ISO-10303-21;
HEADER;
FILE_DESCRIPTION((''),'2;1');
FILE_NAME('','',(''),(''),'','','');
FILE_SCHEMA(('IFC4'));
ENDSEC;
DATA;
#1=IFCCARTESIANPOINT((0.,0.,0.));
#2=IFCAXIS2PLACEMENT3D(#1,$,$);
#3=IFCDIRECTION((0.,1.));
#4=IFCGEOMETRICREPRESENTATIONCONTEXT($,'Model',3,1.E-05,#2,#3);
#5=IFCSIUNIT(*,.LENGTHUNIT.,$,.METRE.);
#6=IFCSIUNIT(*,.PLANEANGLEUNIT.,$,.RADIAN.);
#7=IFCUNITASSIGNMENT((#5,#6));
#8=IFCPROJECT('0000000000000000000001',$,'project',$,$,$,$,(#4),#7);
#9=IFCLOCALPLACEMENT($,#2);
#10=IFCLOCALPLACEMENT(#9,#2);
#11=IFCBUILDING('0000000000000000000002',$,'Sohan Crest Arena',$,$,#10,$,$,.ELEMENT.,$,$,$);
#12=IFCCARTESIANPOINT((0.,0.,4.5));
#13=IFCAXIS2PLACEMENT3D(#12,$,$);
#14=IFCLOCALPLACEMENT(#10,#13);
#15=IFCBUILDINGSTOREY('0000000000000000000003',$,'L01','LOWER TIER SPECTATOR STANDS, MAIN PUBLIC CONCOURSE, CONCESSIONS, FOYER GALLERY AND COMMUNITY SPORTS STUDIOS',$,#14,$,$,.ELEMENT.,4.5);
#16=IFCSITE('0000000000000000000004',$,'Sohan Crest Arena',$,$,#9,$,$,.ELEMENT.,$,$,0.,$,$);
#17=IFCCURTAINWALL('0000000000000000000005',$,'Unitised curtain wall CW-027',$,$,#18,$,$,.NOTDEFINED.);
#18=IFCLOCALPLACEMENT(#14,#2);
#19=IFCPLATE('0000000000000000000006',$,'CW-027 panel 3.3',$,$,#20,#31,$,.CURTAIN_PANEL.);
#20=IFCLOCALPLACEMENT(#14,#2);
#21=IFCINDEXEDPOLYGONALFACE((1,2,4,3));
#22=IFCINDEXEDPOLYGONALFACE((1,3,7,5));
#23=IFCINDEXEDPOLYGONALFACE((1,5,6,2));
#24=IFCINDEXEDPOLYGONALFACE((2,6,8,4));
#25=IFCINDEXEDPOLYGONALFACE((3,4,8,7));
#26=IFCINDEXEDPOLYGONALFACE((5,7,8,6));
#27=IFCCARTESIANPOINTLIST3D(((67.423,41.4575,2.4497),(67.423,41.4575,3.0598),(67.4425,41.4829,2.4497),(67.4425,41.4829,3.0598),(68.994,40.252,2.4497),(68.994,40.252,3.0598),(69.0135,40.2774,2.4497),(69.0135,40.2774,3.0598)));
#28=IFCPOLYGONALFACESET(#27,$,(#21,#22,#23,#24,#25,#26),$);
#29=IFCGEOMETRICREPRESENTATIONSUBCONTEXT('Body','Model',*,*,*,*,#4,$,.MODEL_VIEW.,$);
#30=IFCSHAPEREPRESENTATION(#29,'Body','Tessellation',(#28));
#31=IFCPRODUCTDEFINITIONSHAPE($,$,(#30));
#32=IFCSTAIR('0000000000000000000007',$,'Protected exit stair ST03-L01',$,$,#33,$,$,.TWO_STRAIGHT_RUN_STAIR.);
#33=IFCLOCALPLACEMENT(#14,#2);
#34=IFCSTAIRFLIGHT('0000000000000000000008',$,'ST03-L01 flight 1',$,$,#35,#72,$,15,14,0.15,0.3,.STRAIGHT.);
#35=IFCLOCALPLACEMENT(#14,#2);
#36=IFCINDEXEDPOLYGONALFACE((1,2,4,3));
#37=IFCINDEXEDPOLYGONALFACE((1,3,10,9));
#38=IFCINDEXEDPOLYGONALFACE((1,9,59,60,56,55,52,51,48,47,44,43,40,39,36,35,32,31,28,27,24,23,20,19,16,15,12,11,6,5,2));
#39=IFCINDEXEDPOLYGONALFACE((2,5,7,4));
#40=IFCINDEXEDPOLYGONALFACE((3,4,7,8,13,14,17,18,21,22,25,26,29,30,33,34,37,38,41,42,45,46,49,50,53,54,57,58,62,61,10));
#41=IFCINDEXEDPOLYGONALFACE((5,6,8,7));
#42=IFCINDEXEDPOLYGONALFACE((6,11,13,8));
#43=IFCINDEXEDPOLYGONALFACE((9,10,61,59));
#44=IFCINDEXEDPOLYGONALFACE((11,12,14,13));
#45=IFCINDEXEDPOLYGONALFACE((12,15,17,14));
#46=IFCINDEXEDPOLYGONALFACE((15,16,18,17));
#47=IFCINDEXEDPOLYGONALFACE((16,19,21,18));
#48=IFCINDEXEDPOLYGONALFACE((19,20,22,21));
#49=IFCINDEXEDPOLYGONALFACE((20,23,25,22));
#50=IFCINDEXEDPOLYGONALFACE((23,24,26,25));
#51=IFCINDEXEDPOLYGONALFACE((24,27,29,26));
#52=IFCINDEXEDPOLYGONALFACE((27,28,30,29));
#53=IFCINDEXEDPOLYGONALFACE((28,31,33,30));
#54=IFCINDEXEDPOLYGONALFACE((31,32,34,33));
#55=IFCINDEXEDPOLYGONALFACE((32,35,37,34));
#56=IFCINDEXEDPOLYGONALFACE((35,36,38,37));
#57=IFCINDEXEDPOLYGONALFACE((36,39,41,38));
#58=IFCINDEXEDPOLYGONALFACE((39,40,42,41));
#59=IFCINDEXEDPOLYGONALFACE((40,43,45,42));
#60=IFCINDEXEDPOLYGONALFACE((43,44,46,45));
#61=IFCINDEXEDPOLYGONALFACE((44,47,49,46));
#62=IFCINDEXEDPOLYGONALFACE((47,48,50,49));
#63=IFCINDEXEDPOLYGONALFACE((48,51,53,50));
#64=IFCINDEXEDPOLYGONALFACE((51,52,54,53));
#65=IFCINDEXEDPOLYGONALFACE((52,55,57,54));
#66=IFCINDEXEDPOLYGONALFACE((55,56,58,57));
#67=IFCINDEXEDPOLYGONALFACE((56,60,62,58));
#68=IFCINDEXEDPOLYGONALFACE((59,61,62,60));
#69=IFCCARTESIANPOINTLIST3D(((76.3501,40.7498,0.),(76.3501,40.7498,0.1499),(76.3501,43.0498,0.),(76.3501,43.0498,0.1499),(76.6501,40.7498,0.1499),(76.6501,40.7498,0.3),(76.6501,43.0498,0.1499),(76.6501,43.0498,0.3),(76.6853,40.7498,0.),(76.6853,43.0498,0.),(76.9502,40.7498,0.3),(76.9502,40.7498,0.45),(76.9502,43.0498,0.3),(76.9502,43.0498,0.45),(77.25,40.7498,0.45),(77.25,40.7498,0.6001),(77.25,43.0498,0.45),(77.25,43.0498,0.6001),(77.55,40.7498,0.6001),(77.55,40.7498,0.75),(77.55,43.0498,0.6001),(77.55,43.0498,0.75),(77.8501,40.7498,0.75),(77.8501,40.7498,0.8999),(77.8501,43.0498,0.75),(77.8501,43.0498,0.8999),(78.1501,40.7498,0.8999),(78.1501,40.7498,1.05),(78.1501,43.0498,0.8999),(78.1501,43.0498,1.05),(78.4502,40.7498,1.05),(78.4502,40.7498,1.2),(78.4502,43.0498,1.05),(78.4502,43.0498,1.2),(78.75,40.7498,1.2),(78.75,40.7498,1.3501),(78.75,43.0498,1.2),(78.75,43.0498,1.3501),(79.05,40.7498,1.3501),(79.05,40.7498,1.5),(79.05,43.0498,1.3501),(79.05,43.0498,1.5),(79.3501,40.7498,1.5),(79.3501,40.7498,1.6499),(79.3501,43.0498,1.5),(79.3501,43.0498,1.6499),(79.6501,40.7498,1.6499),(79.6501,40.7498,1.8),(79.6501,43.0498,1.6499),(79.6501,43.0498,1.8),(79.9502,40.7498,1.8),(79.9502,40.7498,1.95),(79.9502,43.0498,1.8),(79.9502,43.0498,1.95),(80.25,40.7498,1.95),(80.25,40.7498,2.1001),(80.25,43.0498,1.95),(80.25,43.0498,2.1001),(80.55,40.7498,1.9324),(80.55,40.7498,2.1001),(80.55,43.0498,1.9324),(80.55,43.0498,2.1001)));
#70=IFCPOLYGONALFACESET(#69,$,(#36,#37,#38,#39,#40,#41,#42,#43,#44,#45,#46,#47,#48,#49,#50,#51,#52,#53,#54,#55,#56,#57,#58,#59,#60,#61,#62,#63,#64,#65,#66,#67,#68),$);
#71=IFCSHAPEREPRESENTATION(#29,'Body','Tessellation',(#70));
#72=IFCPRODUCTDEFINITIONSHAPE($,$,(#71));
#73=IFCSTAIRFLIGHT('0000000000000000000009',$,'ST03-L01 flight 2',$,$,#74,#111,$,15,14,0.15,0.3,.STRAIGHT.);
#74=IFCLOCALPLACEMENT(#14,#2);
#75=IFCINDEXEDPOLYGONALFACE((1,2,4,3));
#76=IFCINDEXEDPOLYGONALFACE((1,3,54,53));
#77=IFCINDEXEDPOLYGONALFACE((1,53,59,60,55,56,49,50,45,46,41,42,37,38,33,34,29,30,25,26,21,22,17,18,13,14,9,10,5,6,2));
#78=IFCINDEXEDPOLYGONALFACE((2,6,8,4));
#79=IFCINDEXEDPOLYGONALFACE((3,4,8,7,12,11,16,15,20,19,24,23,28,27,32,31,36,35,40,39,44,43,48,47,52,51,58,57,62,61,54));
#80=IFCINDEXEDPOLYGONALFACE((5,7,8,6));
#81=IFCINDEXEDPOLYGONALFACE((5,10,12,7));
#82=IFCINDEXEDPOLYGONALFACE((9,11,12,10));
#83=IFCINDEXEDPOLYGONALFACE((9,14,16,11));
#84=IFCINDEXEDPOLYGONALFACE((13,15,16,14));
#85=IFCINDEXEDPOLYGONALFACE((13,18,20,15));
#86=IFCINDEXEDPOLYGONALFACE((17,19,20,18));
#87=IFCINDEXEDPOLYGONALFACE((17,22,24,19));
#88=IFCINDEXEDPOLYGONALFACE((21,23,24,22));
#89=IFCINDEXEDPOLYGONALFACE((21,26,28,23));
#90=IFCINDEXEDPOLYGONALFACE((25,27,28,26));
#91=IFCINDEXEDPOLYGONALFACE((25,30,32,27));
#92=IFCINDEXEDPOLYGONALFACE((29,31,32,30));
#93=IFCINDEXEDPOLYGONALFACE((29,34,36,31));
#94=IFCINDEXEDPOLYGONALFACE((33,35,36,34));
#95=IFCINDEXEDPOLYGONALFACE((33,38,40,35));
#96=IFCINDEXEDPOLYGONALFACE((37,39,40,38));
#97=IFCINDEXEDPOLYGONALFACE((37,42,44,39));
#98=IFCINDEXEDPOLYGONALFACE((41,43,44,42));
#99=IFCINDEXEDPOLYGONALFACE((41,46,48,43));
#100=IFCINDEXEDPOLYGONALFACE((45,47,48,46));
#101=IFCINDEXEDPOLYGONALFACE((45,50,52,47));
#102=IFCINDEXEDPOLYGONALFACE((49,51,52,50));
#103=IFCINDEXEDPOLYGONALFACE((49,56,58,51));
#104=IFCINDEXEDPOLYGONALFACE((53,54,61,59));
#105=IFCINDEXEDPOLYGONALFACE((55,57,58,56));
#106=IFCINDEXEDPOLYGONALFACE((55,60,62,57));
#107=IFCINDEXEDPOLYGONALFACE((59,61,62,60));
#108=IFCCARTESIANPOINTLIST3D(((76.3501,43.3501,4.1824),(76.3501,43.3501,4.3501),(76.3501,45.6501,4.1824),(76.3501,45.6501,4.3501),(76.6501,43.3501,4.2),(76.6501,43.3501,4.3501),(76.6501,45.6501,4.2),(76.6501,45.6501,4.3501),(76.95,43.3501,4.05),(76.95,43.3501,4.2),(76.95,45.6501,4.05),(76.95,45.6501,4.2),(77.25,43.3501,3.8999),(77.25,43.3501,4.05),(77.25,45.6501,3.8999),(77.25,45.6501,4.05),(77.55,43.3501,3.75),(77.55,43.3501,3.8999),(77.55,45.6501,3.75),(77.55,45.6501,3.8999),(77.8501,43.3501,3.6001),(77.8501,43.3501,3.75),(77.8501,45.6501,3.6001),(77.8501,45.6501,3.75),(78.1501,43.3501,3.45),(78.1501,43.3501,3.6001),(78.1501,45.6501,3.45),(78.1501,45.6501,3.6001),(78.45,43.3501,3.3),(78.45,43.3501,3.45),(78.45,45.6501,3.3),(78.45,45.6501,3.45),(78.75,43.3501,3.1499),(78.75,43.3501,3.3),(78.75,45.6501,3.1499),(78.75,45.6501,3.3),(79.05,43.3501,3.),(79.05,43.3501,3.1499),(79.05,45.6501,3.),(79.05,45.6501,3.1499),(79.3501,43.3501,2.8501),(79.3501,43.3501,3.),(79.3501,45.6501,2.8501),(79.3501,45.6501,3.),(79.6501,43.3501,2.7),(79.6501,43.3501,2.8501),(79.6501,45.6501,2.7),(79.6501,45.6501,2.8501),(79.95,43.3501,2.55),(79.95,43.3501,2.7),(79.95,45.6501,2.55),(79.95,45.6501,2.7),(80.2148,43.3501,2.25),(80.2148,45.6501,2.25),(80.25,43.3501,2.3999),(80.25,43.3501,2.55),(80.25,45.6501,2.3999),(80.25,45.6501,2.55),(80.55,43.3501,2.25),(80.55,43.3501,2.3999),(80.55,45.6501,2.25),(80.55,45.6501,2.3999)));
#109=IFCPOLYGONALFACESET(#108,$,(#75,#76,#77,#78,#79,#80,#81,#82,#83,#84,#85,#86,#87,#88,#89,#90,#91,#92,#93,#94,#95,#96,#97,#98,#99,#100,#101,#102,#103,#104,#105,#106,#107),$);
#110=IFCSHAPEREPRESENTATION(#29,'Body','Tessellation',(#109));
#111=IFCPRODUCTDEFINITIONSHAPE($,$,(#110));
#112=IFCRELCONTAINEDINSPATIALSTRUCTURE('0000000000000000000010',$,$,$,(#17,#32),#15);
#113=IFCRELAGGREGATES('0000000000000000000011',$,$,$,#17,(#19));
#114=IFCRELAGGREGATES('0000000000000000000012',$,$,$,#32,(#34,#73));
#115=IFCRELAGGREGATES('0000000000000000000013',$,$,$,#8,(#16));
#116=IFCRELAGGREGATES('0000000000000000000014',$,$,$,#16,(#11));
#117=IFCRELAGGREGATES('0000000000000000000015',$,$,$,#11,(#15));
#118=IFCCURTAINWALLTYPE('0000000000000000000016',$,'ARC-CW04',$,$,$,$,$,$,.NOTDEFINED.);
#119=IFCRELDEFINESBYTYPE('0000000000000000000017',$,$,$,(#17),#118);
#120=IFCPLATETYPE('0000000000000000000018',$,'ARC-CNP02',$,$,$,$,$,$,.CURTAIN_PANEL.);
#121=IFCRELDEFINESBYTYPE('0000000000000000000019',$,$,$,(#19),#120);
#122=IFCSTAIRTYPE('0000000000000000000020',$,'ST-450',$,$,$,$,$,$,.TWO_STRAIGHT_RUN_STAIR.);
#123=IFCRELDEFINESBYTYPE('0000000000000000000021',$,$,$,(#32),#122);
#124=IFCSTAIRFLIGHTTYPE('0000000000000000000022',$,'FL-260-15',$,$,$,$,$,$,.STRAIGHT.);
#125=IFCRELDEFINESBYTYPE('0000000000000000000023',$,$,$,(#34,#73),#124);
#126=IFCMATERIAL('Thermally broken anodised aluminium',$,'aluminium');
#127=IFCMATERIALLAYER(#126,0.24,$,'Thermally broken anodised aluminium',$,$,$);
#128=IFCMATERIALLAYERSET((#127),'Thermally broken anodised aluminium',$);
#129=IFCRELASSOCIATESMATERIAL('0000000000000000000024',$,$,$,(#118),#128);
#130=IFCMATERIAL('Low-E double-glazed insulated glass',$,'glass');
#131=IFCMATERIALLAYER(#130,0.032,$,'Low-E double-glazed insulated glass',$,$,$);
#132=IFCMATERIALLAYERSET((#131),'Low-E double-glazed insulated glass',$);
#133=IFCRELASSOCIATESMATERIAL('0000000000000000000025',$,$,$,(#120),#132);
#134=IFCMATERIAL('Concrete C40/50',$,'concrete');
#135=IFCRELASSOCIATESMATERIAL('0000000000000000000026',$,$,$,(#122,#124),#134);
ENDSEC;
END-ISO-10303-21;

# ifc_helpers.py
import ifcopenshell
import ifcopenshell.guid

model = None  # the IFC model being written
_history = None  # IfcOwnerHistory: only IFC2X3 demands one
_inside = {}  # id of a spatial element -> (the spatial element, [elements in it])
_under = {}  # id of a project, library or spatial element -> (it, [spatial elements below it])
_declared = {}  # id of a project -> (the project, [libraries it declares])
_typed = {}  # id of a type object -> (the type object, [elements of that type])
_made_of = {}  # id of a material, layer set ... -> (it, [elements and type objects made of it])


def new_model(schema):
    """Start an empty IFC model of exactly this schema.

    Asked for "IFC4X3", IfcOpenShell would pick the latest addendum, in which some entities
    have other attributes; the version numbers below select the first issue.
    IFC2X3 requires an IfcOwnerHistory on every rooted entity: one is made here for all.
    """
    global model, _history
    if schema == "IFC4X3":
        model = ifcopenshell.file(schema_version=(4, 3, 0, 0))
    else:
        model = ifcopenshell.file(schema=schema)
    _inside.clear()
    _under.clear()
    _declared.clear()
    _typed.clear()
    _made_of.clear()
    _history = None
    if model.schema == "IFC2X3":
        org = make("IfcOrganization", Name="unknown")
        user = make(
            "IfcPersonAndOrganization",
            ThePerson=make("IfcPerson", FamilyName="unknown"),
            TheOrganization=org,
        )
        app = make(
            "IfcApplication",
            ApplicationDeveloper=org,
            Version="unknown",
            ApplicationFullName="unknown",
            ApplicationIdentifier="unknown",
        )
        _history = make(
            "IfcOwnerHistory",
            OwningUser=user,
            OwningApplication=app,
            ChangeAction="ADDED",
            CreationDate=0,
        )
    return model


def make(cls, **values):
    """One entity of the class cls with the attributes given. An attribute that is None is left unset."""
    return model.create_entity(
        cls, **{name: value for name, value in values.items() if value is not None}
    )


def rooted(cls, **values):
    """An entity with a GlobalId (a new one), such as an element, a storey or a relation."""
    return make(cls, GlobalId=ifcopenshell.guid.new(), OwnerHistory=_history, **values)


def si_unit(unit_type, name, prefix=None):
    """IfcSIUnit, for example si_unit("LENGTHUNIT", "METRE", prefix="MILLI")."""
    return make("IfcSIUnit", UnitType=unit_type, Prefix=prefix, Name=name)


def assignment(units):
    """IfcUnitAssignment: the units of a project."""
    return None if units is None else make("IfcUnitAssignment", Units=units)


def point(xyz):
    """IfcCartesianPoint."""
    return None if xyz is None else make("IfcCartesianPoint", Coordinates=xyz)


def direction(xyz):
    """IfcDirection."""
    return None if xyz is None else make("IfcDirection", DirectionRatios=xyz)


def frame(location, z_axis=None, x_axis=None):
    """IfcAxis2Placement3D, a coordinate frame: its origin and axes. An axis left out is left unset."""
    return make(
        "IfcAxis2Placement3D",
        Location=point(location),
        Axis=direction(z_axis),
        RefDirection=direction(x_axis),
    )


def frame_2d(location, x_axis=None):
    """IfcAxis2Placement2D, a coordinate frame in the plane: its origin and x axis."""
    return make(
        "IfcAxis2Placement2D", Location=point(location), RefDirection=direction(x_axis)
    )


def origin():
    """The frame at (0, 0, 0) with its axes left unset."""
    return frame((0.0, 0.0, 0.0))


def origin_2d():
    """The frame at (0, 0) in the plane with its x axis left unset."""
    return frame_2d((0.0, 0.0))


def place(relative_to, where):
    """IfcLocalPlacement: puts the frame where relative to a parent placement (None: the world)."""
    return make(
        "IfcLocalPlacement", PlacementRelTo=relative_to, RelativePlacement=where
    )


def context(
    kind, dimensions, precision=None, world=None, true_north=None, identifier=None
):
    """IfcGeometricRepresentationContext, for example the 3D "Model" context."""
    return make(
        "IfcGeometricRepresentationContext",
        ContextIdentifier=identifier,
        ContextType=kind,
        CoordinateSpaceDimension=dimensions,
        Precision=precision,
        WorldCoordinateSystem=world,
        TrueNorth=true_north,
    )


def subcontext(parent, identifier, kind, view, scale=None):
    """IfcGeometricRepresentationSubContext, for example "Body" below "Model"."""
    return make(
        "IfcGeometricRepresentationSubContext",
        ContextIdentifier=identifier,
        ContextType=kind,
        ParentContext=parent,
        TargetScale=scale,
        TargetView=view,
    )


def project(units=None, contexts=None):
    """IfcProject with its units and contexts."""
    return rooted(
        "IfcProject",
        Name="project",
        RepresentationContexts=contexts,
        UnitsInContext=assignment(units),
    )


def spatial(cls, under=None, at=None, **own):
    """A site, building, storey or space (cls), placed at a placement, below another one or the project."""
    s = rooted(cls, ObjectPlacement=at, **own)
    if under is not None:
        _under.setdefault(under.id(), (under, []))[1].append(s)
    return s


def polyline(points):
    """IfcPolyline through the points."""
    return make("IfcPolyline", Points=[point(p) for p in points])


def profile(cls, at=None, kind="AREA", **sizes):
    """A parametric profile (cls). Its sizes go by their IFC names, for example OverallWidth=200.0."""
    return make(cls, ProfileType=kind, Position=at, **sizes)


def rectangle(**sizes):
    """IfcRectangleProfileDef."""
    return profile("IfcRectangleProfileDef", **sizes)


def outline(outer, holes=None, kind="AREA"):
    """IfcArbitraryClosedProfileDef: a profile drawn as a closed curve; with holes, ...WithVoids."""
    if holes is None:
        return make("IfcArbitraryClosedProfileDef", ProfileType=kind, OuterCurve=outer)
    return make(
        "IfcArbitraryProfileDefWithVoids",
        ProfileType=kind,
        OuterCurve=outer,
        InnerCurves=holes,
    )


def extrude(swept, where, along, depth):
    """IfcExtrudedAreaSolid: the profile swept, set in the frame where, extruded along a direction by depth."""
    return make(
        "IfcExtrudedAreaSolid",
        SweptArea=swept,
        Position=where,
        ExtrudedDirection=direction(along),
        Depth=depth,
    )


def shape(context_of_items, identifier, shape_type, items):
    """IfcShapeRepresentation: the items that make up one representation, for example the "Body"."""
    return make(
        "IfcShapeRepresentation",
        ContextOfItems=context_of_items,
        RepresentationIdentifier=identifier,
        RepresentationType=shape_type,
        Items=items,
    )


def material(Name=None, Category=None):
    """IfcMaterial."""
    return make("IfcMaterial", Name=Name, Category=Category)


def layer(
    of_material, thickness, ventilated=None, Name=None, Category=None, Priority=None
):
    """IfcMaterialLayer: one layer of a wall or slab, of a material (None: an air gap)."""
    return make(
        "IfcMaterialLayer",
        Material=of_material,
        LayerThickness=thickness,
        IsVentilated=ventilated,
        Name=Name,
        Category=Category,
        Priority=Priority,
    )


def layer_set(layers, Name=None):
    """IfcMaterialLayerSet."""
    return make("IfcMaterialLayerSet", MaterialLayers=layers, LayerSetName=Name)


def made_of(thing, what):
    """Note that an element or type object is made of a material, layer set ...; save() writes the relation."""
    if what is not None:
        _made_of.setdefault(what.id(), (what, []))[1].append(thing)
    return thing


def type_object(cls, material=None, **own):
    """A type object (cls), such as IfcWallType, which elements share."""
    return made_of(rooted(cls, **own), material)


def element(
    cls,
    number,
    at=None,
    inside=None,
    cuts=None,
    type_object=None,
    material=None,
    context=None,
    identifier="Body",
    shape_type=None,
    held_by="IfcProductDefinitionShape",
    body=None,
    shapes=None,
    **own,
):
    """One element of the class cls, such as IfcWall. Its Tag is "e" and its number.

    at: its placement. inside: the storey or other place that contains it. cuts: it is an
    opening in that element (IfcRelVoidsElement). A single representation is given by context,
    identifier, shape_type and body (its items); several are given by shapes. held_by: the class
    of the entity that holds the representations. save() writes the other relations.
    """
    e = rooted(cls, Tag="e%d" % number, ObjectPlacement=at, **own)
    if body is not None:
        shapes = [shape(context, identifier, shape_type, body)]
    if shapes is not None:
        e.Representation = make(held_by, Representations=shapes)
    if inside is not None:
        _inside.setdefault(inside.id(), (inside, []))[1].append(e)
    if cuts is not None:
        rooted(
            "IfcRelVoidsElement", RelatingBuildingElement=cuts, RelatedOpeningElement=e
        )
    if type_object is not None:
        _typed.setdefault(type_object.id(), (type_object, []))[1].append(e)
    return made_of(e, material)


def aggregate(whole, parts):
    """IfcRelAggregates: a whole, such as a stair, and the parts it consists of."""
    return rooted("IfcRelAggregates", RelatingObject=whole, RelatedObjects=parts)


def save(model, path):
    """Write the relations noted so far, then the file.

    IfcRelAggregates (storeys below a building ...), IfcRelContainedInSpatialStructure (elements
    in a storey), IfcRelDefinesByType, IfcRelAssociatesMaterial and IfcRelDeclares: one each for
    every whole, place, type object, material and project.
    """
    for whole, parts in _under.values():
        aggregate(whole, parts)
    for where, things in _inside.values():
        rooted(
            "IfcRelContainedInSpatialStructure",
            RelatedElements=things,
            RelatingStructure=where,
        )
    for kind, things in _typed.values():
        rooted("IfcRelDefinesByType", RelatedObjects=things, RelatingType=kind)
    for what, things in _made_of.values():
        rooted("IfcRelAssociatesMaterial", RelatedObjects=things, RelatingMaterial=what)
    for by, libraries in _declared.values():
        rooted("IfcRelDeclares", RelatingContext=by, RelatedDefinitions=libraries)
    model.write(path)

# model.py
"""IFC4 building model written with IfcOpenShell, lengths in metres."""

from ifc_helpers import new_model, si_unit, direction, frame, origin, origin_2d, place, context, subcontext, project, spatial, polyline, rectangle, outline, extrude, material, layer, layer_set, type_object, element, aggregate, save


model = new_model("IFC4")

# Units and contexts
model_context = context("Model", 3, precision=1e-05, world=origin(), true_north=direction((0.0, 1.0)))
body_context = subcontext(model_context, "Body", "Model", "MODEL_VIEW")
ifc_project = project(units=[si_unit("LENGTHUNIT", "METRE"), si_unit("PLANEANGLEUNIT", "RADIAN")], contexts=[model_context])

# Site, building, storey
site_placement = place(None, origin())
site = spatial("IfcSite", under=ifc_project, at=site_placement, Name="Sohan Crest Arena", CompositionType="ELEMENT", RefElevation=0.0)
building_placement = place(site_placement, origin())
building = spatial("IfcBuilding", under=site, at=building_placement, Name="Sohan Crest Arena", CompositionType="ELEMENT")
storey_placement = place(building_placement, frame((0.0, 0.0, 4.5)))
storey = spatial("IfcBuildingStorey", under=building, at=storey_placement, Name="L01", Description="LOWER TIER SPECTATOR STANDS, MAIN PUBLIC CONCOURSE, CONCESSIONS, FOYER GALLERY AND COMMUNITY SPORTS STUDIOS", CompositionType="ELEMENT", Elevation=4.5)

# Shared definitions
ifc_material_1 = material(Name="Thermally broken anodised aluminium", Category="aluminium")

# Curtain wall
ifc_layer_1 = layer(ifc_material_1, 0.24, Name="Thermally broken anodised aluminium")
ifc_layer_set_1 = layer_set([ifc_layer_1], Name="Thermally broken anodised aluminium")
curtain_wall_type_1 = type_object("IfcCurtainWallType", Name="ARC-CW04", PredefinedType="NOTDEFINED", material=ifc_layer_set_1)
curtain_wall_1_placement = place(storey_placement, origin())
curtain_wall_1 = element("IfcCurtainWall", 1, at=curtain_wall_1_placement, inside=storey, type_object=curtain_wall_type_1, Name="Unitised curtain wall CW-027", PredefinedType="NOTDEFINED")

# Plate
ifc_material_2 = material(Name="Low-E double-glazed insulated glass", Category="glass")
ifc_layer_2 = layer(ifc_material_2, 0.032, Name="Low-E double-glazed insulated glass")
ifc_layer_set_2 = layer_set([ifc_layer_2], Name="Low-E double-glazed insulated glass")
plate_type_1 = type_object("IfcPlateType", Name="ARC-CNP02", PredefinedType="CURTAIN_PANEL", material=ifc_layer_set_2)
plate_1_placement = place(storey_placement, frame((68.2183, 40.8674, 2.4497), z_axis=(0.0, 0.0, 1.0), x_axis=(0.793351, -0.608765, 0.0)))
plate_1 = element("IfcPlate", 2, at=plate_1_placement, type_object=plate_type_1, Name="CW-027 panel 3.3", PredefinedType="CURTAIN_PANEL", context=body_context, shape_type="SweptSolid", body=[
    extrude(rectangle(XDim=1.9802, YDim=0.032, at=origin_2d()), origin(), (0.0, 0.0, 1.0), 0.6101),
])
aggregate(curtain_wall_1, [plate_1])

# Stair, stair flights
ifc_material_3 = material(Name="Concrete C40/50", Category="concrete")
stair_type = type_object("IfcStairType", Name="ST-450", PredefinedType="TWO_STRAIGHT_RUN_STAIR", material=ifc_material_3)
stair_placement = place(storey_placement, origin())
stair = element("IfcStair", 3, at=stair_placement, inside=storey, type_object=stair_type, Name="Protected exit stair ST03-L01", PredefinedType="TWO_STRAIGHT_RUN_STAIR")
stair_flight_type = type_object("IfcStairFlightType", Name="FL-260-15", PredefinedType="STRAIGHT", material=ifc_material_3)
stair_flight_1_placement = place(storey_placement, frame((76.3501, 41.8999, 0.0), z_axis=(0.0, 0.0, 1.0), x_axis=(1.0, 0.0, 0.0)))
stair_flight_1 = element("IfcStairFlight", 4, at=stair_flight_1_placement, type_object=stair_flight_type, Name="ST03-L01 flight 1", NumberOfRisers=15, NumberOfTreads=14, PredefinedType="STRAIGHT", RiserHeight=0.15, TreadLength=0.3, context=body_context, shape_type="SweptSolid", body=[
    extrude(outline(polyline([(0.0, 0.0), (0.0, 0.1499), (0.3, 0.1499), (0.3, 0.3), (0.6001, 0.3), (0.6001, 0.45), (0.8999, 0.45), (0.8999, 0.6001), (1.2, 0.6001), (1.2, 0.75), (1.5, 0.75), (1.5, 0.8999), (1.8, 0.8999), (1.8, 1.05), (2.1001, 1.05), (2.1001, 1.2), (2.3999, 1.2), (2.3999, 1.3501), (2.7, 1.3501), (2.7, 1.5), (3.0, 1.5), (3.0, 1.6499), (3.3, 1.6499), (3.3, 1.8), (3.6001, 1.8), (3.6001, 1.95), (3.8999, 1.95), (3.8999, 2.1001), (4.2, 2.1001), (4.2, 2.25), (4.2, 1.9324), (0.3352, 0.0), (0.0, 0.0)])), frame((0.0, 1.1499, 0.0), z_axis=(0.0, -1.0, 0.0), x_axis=(1.0, 0.0, 0.0)), (0.0, 0.0, 1.0), 2.3),
])
stair_flight_2_placement = place(storey_placement, frame((80.55, 44.5, 2.25), z_axis=(0.0, 0.0, 1.0), x_axis=(-1.0, 0.0, 0.0)))
stair_flight_2 = element("IfcStairFlight", 5, at=stair_flight_2_placement, type_object=stair_flight_type, Name="ST03-L01 flight 2", NumberOfRisers=15, NumberOfTreads=14, PredefinedType="STRAIGHT", RiserHeight=0.15, TreadLength=0.3, context=body_context, shape_type="SweptSolid", body=[
    extrude(outline(polyline([(0.0, 0.0), (0.0, 0.1499), (0.3, 0.1499), (0.3, 0.3), (0.6001, 0.3), (0.6001, 0.45), (0.8999, 0.45), (0.8999, 0.6001), (1.2, 0.6001), (1.2, 0.75), (1.5, 0.75), (1.5, 0.8999), (1.8, 0.8999), (1.8, 1.05), (2.1001, 1.05), (2.1001, 1.2), (2.3999, 1.2), (2.3999, 1.3501), (2.7, 1.3501), (2.7, 1.5), (3.0, 1.5), (3.0, 1.6499), (3.3, 1.6499), (3.3, 1.8), (3.6001, 1.8), (3.6001, 1.95), (3.8999, 1.95), (3.8999, 2.1001), (4.2, 2.1001), (4.2, 2.25), (4.2, 1.9324), (0.3352, 0.0), (0.0, 0.0)])), frame((0.0, 1.1499, 0.0), z_axis=(0.0, -1.0, 0.0), x_axis=(1.0, 0.0, 0.0)), (0.0, 0.0, 1.0), 2.3),
])
aggregate(stair, [stair_flight_1, stair_flight_2])

save(model, "model.ifc")
